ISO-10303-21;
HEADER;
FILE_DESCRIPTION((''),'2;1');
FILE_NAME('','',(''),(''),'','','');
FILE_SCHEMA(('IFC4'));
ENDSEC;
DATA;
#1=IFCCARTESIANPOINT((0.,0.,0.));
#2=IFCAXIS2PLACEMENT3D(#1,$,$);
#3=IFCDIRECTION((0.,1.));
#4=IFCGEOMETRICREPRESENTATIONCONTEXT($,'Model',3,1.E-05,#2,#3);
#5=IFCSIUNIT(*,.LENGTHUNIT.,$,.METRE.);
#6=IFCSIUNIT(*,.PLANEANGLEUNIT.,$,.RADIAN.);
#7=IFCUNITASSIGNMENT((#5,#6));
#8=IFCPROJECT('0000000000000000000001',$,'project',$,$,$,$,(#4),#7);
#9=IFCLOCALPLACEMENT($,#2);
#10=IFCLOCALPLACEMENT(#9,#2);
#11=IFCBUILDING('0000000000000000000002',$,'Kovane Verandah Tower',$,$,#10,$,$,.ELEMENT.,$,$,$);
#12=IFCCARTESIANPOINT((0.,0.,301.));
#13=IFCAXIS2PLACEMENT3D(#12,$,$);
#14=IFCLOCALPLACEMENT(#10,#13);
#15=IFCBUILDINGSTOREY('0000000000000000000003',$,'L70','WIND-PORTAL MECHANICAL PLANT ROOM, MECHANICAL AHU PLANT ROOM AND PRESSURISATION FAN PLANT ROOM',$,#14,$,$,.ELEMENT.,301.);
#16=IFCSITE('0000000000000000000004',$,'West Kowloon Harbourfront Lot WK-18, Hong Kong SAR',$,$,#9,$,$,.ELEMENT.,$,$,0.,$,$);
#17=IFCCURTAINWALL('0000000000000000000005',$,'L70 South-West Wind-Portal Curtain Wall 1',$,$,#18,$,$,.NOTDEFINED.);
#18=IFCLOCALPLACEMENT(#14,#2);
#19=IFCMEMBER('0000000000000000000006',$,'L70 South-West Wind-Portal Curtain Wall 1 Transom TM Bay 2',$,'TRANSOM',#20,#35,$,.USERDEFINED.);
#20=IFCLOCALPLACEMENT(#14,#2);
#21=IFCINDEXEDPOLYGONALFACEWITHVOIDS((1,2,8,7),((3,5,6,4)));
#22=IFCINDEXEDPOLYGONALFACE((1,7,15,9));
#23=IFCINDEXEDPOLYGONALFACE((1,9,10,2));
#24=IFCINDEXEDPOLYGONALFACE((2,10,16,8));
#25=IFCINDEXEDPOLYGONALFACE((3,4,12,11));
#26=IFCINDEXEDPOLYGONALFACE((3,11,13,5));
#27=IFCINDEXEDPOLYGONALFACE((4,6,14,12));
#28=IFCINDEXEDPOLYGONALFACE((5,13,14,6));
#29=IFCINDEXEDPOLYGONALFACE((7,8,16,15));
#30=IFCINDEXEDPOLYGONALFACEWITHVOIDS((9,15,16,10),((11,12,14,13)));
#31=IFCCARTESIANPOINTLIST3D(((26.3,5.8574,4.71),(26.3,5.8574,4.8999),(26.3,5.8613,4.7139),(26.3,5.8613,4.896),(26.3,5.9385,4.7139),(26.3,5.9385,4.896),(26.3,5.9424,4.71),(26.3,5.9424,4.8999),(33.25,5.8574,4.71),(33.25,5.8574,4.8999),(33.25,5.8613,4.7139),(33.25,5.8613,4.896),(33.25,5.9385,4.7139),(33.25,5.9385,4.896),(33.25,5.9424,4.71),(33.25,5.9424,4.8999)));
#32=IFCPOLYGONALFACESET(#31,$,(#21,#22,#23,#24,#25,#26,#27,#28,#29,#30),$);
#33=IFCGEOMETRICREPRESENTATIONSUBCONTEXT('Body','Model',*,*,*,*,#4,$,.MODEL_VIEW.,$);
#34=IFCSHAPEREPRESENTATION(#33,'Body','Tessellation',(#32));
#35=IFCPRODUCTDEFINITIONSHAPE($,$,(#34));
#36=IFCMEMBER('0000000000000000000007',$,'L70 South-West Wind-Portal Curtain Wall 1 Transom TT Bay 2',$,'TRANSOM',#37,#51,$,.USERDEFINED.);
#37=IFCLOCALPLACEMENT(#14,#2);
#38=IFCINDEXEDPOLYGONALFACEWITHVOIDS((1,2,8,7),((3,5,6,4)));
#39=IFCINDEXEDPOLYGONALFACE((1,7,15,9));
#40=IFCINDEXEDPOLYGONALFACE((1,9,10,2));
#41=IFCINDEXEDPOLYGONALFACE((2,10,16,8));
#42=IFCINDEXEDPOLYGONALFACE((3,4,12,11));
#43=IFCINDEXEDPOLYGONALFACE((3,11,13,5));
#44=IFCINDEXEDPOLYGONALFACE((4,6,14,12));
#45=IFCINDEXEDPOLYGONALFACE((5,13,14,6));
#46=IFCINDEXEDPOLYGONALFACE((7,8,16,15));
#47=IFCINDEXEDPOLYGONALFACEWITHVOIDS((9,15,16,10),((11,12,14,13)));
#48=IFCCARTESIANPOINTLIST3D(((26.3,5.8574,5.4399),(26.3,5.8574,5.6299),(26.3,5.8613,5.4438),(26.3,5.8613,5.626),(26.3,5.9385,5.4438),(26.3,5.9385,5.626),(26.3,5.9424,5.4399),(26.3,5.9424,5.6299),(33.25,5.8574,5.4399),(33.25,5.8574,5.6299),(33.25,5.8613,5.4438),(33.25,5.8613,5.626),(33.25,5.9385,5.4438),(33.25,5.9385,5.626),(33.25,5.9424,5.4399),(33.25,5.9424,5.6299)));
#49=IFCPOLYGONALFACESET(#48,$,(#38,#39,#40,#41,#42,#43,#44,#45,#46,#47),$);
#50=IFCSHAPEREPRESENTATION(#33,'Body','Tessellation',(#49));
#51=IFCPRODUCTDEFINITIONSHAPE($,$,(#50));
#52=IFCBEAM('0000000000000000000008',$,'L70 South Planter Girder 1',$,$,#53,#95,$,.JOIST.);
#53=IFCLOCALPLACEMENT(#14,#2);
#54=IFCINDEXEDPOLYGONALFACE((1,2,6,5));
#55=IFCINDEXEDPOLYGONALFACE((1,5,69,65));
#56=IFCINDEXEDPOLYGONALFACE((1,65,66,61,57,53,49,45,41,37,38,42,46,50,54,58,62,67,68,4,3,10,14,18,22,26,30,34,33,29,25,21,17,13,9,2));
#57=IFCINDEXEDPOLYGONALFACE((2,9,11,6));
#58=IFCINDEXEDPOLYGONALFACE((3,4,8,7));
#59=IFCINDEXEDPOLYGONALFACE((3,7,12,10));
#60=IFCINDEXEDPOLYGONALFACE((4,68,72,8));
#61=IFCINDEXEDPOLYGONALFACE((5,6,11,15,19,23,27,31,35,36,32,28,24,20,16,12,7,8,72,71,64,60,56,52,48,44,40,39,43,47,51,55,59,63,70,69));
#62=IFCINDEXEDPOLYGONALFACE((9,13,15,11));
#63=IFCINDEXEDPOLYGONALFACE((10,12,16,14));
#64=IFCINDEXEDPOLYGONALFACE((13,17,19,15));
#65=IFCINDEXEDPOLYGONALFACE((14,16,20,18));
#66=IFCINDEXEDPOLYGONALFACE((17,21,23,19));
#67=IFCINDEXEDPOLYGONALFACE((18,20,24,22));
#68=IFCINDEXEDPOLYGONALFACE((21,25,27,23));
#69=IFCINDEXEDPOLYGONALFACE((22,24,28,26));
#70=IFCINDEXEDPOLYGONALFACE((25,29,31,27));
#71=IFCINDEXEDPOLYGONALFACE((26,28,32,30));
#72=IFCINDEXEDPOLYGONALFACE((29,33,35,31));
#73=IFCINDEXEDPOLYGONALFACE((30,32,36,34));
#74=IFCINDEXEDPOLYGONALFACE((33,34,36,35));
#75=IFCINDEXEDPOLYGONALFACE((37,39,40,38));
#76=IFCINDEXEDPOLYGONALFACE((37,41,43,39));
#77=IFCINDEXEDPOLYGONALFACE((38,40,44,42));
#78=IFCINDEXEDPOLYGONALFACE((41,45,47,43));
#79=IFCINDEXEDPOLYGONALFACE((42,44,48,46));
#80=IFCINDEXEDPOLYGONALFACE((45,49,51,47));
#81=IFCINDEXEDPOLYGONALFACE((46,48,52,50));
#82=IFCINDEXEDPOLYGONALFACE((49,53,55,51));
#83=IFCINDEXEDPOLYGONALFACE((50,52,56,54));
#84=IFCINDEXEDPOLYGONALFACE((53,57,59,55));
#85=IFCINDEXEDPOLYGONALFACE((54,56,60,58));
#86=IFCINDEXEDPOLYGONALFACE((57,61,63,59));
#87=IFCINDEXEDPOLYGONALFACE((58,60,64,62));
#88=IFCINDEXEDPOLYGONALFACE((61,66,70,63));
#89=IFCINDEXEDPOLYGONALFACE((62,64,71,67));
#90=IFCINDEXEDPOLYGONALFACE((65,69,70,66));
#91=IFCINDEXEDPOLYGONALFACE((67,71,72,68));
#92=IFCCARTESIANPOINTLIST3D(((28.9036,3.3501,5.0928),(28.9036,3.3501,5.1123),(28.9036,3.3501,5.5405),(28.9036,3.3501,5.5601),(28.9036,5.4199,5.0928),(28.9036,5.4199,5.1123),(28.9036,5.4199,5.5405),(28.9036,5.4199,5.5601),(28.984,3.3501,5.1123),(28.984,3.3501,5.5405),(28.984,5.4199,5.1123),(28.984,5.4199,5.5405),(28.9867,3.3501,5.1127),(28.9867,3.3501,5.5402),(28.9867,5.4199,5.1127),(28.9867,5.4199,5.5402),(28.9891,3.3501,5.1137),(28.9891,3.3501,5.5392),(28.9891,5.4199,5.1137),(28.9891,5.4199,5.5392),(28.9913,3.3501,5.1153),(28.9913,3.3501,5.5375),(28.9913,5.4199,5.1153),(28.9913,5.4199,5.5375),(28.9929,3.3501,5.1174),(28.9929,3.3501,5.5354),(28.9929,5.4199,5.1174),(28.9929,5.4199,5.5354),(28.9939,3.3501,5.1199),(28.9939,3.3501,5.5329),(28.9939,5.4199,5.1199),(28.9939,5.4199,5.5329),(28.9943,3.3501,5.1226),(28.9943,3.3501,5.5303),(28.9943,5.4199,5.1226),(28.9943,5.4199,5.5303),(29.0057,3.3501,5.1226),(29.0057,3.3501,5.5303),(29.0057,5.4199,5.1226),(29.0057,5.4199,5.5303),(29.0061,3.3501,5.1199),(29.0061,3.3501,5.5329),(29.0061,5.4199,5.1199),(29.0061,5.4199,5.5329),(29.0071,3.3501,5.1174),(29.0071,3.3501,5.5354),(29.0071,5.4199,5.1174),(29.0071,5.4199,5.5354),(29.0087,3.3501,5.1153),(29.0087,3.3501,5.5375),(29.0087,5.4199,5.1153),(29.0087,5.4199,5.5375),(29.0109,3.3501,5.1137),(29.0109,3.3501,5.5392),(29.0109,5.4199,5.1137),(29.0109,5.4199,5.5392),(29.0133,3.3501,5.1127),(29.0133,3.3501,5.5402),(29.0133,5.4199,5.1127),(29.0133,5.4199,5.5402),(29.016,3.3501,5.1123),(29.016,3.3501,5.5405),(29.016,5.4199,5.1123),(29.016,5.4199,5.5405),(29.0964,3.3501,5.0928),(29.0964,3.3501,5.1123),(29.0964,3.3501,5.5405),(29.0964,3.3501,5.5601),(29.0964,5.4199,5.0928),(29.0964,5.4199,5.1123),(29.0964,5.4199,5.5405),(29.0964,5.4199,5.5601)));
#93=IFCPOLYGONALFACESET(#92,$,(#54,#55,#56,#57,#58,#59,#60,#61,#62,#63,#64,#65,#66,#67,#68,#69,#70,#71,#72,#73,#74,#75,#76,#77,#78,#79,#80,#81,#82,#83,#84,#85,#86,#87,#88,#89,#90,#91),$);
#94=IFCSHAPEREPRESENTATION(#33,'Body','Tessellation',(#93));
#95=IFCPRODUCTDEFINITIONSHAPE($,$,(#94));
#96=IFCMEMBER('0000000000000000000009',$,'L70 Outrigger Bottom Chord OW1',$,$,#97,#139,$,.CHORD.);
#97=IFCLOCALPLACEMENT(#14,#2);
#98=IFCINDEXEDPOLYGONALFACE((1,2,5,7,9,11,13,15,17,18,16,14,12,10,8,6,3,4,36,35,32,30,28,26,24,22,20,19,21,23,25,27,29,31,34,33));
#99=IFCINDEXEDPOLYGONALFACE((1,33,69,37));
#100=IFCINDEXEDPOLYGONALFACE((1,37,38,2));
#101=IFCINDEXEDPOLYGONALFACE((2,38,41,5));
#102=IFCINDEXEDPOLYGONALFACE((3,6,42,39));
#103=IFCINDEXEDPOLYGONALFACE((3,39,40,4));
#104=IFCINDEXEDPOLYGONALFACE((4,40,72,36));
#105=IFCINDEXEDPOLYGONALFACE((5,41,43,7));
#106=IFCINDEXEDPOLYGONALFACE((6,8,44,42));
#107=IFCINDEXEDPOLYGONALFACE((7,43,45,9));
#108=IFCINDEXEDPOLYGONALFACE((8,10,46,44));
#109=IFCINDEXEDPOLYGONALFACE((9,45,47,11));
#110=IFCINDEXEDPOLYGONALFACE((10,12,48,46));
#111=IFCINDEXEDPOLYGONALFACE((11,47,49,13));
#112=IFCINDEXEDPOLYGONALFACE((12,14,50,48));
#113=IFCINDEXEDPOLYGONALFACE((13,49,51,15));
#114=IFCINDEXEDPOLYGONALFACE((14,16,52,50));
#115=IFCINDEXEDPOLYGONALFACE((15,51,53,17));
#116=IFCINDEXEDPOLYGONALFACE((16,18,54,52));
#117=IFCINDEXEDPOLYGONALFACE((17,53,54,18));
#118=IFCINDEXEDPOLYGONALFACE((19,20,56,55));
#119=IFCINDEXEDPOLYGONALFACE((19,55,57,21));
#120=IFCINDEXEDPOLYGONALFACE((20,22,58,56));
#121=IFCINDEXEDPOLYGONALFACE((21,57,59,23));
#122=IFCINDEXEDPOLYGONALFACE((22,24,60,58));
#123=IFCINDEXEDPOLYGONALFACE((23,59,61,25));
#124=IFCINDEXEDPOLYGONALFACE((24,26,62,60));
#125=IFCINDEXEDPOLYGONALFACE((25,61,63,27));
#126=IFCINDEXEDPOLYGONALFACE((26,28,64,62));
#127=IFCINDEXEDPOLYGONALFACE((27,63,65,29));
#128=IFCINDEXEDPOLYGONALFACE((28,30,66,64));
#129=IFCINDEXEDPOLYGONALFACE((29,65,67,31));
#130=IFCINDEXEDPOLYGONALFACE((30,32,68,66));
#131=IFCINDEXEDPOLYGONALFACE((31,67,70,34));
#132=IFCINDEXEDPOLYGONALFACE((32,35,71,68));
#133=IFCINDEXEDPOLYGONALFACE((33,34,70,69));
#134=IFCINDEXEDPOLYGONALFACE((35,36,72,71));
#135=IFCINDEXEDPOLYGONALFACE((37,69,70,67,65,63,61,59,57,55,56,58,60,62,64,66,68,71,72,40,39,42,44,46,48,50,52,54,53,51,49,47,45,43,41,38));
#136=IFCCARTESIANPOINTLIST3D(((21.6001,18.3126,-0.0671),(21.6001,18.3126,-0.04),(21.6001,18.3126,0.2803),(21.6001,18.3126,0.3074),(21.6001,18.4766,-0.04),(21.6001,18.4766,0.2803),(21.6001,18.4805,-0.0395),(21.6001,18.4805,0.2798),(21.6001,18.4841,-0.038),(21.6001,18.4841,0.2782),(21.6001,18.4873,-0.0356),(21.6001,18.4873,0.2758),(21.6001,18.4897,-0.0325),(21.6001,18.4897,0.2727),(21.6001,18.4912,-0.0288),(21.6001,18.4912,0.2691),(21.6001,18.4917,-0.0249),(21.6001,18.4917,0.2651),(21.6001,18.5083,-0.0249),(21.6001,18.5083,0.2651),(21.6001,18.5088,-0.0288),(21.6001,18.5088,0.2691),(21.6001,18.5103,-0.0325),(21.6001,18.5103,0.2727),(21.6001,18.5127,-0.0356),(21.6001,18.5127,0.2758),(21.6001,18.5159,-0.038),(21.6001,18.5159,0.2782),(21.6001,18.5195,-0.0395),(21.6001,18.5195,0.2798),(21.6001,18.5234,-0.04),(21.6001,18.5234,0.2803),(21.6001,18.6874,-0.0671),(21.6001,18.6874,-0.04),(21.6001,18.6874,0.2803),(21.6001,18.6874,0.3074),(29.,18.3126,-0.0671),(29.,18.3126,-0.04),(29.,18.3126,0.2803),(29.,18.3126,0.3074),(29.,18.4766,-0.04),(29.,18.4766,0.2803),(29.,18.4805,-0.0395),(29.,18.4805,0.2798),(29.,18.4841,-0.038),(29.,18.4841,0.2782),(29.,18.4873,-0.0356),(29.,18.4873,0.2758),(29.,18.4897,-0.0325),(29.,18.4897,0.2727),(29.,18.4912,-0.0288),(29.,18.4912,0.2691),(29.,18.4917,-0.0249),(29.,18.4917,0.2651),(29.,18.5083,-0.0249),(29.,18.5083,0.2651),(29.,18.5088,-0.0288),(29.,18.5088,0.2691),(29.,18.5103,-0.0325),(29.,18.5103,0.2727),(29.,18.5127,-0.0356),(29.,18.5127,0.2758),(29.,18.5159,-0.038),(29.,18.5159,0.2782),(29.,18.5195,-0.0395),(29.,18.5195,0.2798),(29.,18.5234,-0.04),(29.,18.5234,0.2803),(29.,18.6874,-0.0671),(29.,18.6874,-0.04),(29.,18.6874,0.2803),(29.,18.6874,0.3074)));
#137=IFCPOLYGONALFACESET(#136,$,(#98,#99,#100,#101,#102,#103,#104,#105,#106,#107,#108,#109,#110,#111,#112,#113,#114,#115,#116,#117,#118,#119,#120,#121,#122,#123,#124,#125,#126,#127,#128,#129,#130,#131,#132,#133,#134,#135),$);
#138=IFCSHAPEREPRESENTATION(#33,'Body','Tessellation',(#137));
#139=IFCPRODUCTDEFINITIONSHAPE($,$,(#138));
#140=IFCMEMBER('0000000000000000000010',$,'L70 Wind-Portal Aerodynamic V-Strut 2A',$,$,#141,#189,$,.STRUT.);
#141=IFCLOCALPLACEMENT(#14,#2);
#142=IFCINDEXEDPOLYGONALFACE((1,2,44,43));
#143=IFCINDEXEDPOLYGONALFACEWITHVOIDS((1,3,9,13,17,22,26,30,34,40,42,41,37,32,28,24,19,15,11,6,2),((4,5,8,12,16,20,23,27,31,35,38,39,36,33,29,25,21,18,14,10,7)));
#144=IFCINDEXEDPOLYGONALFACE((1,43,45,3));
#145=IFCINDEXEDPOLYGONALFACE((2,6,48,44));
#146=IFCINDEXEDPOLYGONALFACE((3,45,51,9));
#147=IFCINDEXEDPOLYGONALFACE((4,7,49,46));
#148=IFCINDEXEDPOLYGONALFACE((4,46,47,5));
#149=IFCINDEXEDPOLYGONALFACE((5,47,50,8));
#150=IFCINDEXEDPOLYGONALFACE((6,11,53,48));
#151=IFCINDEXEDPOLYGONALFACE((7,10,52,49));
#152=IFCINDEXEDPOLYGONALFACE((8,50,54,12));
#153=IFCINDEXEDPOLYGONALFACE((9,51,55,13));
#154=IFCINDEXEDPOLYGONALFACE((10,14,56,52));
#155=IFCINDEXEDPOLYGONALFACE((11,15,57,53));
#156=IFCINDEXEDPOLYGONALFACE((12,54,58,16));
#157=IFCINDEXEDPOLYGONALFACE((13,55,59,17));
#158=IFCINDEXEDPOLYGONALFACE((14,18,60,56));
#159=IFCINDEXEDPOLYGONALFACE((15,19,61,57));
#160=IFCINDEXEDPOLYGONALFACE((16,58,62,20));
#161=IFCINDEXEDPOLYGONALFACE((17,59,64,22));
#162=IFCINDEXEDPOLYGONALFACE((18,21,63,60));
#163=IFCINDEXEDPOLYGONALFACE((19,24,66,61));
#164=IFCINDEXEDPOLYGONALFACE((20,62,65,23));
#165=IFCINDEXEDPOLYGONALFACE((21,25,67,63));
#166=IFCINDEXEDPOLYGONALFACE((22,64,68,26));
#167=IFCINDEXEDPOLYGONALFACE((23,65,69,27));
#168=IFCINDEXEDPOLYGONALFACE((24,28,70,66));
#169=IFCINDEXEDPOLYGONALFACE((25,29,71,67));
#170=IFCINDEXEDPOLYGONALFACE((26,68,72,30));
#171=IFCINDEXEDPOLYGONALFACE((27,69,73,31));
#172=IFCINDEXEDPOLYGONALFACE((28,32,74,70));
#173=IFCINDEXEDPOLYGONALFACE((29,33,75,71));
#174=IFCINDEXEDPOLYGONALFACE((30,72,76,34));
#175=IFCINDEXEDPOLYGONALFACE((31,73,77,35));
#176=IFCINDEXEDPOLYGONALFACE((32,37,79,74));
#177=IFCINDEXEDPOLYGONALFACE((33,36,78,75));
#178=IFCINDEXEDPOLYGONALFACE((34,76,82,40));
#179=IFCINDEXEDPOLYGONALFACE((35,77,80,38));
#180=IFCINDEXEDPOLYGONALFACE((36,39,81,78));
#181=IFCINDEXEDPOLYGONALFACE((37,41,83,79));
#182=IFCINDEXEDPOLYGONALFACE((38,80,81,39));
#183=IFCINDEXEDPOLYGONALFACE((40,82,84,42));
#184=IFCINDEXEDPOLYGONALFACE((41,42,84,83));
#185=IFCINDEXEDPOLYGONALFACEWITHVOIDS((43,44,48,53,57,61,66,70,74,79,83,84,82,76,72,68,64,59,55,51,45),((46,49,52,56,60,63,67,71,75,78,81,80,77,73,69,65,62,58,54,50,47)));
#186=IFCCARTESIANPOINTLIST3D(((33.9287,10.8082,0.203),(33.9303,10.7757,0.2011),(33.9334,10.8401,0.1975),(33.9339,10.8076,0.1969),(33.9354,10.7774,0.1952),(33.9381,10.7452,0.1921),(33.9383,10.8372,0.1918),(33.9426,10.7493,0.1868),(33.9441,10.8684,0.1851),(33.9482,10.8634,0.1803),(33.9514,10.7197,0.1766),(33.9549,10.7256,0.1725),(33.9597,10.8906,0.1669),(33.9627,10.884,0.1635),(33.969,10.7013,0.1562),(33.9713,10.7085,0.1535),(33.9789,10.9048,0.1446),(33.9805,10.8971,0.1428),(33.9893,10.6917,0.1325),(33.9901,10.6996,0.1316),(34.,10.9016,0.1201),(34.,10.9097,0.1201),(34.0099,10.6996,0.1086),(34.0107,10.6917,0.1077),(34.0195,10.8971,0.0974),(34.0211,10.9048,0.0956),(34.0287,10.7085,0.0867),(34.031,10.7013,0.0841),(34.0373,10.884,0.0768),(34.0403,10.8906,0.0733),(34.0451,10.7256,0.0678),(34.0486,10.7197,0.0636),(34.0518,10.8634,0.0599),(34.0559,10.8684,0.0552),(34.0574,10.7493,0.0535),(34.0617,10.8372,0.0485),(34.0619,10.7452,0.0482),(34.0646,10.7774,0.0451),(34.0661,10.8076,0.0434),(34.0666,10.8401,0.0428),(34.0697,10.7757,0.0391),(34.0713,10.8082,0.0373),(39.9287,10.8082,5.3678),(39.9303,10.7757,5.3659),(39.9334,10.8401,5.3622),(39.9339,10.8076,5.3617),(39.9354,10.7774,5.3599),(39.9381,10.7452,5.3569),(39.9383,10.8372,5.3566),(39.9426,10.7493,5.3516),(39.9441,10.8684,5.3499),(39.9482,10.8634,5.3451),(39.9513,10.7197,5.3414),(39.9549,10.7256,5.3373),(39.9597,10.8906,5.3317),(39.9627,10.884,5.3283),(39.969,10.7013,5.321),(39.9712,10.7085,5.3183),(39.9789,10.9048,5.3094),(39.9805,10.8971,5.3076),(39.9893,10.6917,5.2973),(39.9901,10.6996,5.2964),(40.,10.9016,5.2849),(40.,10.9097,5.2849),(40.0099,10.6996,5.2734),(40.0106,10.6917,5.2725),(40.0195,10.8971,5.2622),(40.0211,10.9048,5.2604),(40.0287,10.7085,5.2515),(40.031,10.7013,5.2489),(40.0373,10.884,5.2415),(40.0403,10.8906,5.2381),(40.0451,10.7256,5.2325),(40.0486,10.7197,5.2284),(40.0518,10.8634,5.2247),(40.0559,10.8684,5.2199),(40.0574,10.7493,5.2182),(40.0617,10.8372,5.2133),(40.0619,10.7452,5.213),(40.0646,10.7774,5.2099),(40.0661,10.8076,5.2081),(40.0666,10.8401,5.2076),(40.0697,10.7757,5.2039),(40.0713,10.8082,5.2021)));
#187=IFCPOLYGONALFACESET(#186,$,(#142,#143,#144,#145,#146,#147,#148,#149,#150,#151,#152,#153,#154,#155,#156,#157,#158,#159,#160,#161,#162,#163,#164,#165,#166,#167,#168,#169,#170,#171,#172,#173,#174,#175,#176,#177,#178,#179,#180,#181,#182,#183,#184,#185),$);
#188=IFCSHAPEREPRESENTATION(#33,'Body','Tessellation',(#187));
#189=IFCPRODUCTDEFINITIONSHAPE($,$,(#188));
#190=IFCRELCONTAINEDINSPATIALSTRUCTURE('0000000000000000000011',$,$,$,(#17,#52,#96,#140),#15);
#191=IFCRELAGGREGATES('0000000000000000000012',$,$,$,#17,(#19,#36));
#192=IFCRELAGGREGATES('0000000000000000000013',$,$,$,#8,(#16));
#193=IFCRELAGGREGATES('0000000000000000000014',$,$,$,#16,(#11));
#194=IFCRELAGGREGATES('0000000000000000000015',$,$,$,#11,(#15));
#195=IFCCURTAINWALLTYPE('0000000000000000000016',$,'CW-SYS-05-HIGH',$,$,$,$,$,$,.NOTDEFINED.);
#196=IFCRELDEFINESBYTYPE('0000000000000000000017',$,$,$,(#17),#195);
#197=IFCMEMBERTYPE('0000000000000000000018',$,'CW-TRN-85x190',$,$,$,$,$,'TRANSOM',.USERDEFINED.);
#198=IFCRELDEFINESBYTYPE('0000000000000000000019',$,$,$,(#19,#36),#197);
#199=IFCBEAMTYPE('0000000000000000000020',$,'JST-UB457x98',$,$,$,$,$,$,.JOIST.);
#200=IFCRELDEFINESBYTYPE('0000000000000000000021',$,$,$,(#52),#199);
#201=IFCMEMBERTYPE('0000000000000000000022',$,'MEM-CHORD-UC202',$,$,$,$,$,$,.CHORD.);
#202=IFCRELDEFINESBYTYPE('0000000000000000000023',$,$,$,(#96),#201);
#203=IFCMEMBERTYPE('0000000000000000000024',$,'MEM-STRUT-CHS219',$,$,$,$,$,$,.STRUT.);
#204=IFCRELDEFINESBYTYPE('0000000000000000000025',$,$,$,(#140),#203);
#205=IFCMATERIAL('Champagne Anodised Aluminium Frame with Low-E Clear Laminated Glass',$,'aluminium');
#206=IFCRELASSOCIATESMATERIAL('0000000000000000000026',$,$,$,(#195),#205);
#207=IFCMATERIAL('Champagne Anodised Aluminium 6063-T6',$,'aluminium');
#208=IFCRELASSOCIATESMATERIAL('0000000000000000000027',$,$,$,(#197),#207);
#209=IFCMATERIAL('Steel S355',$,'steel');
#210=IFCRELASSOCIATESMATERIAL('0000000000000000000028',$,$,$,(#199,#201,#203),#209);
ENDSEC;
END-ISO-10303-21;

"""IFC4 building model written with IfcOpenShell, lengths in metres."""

from ifc_helpers import new_model, si_unit, direction, frame, origin, origin_2d, place, context, subcontext, project, spatial, hollow_rectangle, hollow_circle, i_section, extrude, material, material_profile, profile_set, type_object, element, aggregate, save


model = new_model("IFC4")

# Units and contexts
model_context = context("Model", 3, precision=1e-05, world=origin(), true_north=direction((0.0, 1.0)))
body_context = subcontext(model_context, "Body", "Model", "MODEL_VIEW")
ifc_project = project(units=[si_unit("LENGTHUNIT", "METRE"), si_unit("PLANEANGLEUNIT", "RADIAN")], contexts=[model_context])

# Site, building, storey
site_placement = place(None, origin())
site = spatial("IfcSite", under=ifc_project, at=site_placement, Name="West Kowloon Harbourfront Lot WK-18, Hong Kong SAR", CompositionType="ELEMENT", RefElevation=0.0)
building_placement = place(site_placement, origin())
building = spatial("IfcBuilding", under=site, at=building_placement, Name="Kovane Verandah Tower", CompositionType="ELEMENT")
storey_placement = place(building_placement, frame((0.0, 0.0, 301.0)))
storey = spatial("IfcBuildingStorey", under=building, at=storey_placement, Name="L70", Description="WIND-PORTAL MECHANICAL PLANT ROOM, MECHANICAL AHU PLANT ROOM AND PRESSURISATION FAN PLANT ROOM", CompositionType="ELEMENT", Elevation=301.0)

# Curtain wall, members
ifc_material_1 = material(Name="Champagne Anodised Aluminium Frame with Low-E Clear Laminated Glass", Category="aluminium")
curtain_wall_type = type_object("IfcCurtainWallType", Name="CW-SYS-05-HIGH", PredefinedType="NOTDEFINED", material=ifc_material_1)
curtain_wall_placement = place(storey_placement, origin())
curtain_wall = element("IfcCurtainWall", 1, at=curtain_wall_placement, inside=storey, type_object=curtain_wall_type, Name="L70 South-West Wind-Portal Curtain Wall 1", PredefinedType="NOTDEFINED")
ifc_material_2 = material(Name="Champagne Anodised Aluminium 6063-T6", Category="aluminium")
ifc_material_profile_1 = material_profile(ifc_material_2, hollow_rectangle(XDim=0.085, YDim=0.1899, WallThickness=0.0039, at=origin_2d()), Name="AL85x190x4")
ifc_profile_set_1 = profile_set([ifc_material_profile_1], Name="Champagne Anodised Aluminium 6063-T6")
member_type_1 = type_object("IfcMemberType", Name="CW-TRN-85x190", ElementType="TRANSOM", PredefinedType="USERDEFINED", material=ifc_profile_set_1)
member_1_placement = place(storey_placement, frame((26.3, 5.8999, 4.8049), z_axis=(1.0, 0.0, 0.0), x_axis=(0.0, 1.0, 0.0)))
member_1 = element("IfcMember", 2, at=member_1_placement, type_object=member_type_1, Name="L70 South-West Wind-Portal Curtain Wall 1 Transom TM Bay 2", ObjectType="TRANSOM", PredefinedType="USERDEFINED", context=body_context, shape_type="SweptSolid", body=[
    extrude(hollow_rectangle(XDim=0.085, YDim=0.1899, WallThickness=0.0039, at=origin_2d()), origin(), (0.0, 0.0, 1.0), 6.95),
])
member_2_placement = place(storey_placement, frame((26.3, 5.8999, 5.5349), z_axis=(1.0, 0.0, 0.0), x_axis=(0.0, 1.0, 0.0)))
member_2 = element("IfcMember", 3, at=member_2_placement, type_object=member_type_1, Name="L70 South-West Wind-Portal Curtain Wall 1 Transom TT Bay 2", ObjectType="TRANSOM", PredefinedType="USERDEFINED", context=body_context, shape_type="SweptSolid", body=[
    extrude(hollow_rectangle(XDim=0.085, YDim=0.1899, WallThickness=0.0039, at=origin_2d()), origin(), (0.0, 0.0, 1.0), 6.95),
])

# Beam
ifc_material_3 = material(Name="Steel S355", Category="steel")
ifc_material_profile_2 = material_profile(ifc_material_3, i_section(OverallWidth=0.1929, OverallDepth=0.4673, WebThickness=0.0115, FlangeThickness=0.0195, FilletRadius=0.0103, at=origin_2d()), Name="UB457x191x98")
ifc_profile_set_2 = profile_set([ifc_material_profile_2], Name="Steel S355")
beam_type_1 = type_object("IfcBeamType", Name="JST-UB457x98", PredefinedType="JOIST", material=ifc_profile_set_2)
beam_1_placement = place(storey_placement, frame((29.0, 5.4199, 5.3264), z_axis=(0.0, -1.0, 0.0), x_axis=(1.0, 0.0, 0.0)))
element("IfcBeam", 4, at=beam_1_placement, inside=storey, type_object=beam_type_1, Name="L70 South Planter Girder 1", PredefinedType="JOIST", context=body_context, shape_type="SweptSolid", body=[
    extrude(i_section(OverallWidth=0.1929, OverallDepth=0.4673, WebThickness=0.0115, FlangeThickness=0.0195, FilletRadius=0.0103, at=origin_2d()), origin(), (0.0, 0.0, 1.0), 2.0698),
])

# Members
ifc_material_profile_3 = material_profile(ifc_material_3, i_section(OverallWidth=0.3748, OverallDepth=0.3745, WebThickness=0.0166, FlangeThickness=0.0271, FilletRadius=0.0151, at=origin_2d()), Name="UC356x368x202")
ifc_profile_set_3 = profile_set([ifc_material_profile_3], Name="Steel S355")
member_type_2 = type_object("IfcMemberType", Name="MEM-CHORD-UC202", PredefinedType="CHORD", material=ifc_profile_set_3)
member_3_placement = place(storey_placement, frame((29.0, 18.5, 0.1201), z_axis=(-1.0, 0.0, 0.0), x_axis=(0.0, -1.0, 0.0)))
element("IfcMember", 5, at=member_3_placement, inside=storey, type_object=member_type_2, Name="L70 Outrigger Bottom Chord OW1", PredefinedType="CHORD", context=body_context, shape_type="SweptSolid", body=[
    extrude(i_section(OverallWidth=0.3748, OverallDepth=0.3745, WebThickness=0.0166, FlangeThickness=0.0271, FilletRadius=0.0151, at=origin_2d()), origin(), (0.0, 0.0, 1.0), 7.3999),
])
ifc_material_profile_4 = material_profile(ifc_material_3, hollow_circle(Radius=0.1096, WallThickness=0.0081, at=origin_2d()), Name="CHS219.1x8")
ifc_profile_set_4 = profile_set([ifc_material_profile_4], Name="Steel S355")
member_type_3 = type_object("IfcMemberType", Name="MEM-STRUT-CHS219", PredefinedType="STRUT", material=ifc_profile_set_4)
member_4_placement = place(storey_placement, frame((34.0, 10.8, 0.1201), z_axis=(0.757886, 0.0, 0.652387), x_axis=(0.0, 1.0, 0.0)))
element("IfcMember", 6, at=member_4_placement, inside=storey, type_object=member_type_3, Name="L70 Wind-Portal Aerodynamic V-Strut 2A", PredefinedType="STRUT", context=body_context, shape_type="SweptSolid", body=[
    extrude(hollow_circle(Radius=0.1096, WallThickness=0.0081, at=origin_2d()), origin(), (0.0, 0.0, 1.0), 7.9167),
])

aggregate(curtain_wall, [member_1, member_2])

save(model, "model.ifc")
